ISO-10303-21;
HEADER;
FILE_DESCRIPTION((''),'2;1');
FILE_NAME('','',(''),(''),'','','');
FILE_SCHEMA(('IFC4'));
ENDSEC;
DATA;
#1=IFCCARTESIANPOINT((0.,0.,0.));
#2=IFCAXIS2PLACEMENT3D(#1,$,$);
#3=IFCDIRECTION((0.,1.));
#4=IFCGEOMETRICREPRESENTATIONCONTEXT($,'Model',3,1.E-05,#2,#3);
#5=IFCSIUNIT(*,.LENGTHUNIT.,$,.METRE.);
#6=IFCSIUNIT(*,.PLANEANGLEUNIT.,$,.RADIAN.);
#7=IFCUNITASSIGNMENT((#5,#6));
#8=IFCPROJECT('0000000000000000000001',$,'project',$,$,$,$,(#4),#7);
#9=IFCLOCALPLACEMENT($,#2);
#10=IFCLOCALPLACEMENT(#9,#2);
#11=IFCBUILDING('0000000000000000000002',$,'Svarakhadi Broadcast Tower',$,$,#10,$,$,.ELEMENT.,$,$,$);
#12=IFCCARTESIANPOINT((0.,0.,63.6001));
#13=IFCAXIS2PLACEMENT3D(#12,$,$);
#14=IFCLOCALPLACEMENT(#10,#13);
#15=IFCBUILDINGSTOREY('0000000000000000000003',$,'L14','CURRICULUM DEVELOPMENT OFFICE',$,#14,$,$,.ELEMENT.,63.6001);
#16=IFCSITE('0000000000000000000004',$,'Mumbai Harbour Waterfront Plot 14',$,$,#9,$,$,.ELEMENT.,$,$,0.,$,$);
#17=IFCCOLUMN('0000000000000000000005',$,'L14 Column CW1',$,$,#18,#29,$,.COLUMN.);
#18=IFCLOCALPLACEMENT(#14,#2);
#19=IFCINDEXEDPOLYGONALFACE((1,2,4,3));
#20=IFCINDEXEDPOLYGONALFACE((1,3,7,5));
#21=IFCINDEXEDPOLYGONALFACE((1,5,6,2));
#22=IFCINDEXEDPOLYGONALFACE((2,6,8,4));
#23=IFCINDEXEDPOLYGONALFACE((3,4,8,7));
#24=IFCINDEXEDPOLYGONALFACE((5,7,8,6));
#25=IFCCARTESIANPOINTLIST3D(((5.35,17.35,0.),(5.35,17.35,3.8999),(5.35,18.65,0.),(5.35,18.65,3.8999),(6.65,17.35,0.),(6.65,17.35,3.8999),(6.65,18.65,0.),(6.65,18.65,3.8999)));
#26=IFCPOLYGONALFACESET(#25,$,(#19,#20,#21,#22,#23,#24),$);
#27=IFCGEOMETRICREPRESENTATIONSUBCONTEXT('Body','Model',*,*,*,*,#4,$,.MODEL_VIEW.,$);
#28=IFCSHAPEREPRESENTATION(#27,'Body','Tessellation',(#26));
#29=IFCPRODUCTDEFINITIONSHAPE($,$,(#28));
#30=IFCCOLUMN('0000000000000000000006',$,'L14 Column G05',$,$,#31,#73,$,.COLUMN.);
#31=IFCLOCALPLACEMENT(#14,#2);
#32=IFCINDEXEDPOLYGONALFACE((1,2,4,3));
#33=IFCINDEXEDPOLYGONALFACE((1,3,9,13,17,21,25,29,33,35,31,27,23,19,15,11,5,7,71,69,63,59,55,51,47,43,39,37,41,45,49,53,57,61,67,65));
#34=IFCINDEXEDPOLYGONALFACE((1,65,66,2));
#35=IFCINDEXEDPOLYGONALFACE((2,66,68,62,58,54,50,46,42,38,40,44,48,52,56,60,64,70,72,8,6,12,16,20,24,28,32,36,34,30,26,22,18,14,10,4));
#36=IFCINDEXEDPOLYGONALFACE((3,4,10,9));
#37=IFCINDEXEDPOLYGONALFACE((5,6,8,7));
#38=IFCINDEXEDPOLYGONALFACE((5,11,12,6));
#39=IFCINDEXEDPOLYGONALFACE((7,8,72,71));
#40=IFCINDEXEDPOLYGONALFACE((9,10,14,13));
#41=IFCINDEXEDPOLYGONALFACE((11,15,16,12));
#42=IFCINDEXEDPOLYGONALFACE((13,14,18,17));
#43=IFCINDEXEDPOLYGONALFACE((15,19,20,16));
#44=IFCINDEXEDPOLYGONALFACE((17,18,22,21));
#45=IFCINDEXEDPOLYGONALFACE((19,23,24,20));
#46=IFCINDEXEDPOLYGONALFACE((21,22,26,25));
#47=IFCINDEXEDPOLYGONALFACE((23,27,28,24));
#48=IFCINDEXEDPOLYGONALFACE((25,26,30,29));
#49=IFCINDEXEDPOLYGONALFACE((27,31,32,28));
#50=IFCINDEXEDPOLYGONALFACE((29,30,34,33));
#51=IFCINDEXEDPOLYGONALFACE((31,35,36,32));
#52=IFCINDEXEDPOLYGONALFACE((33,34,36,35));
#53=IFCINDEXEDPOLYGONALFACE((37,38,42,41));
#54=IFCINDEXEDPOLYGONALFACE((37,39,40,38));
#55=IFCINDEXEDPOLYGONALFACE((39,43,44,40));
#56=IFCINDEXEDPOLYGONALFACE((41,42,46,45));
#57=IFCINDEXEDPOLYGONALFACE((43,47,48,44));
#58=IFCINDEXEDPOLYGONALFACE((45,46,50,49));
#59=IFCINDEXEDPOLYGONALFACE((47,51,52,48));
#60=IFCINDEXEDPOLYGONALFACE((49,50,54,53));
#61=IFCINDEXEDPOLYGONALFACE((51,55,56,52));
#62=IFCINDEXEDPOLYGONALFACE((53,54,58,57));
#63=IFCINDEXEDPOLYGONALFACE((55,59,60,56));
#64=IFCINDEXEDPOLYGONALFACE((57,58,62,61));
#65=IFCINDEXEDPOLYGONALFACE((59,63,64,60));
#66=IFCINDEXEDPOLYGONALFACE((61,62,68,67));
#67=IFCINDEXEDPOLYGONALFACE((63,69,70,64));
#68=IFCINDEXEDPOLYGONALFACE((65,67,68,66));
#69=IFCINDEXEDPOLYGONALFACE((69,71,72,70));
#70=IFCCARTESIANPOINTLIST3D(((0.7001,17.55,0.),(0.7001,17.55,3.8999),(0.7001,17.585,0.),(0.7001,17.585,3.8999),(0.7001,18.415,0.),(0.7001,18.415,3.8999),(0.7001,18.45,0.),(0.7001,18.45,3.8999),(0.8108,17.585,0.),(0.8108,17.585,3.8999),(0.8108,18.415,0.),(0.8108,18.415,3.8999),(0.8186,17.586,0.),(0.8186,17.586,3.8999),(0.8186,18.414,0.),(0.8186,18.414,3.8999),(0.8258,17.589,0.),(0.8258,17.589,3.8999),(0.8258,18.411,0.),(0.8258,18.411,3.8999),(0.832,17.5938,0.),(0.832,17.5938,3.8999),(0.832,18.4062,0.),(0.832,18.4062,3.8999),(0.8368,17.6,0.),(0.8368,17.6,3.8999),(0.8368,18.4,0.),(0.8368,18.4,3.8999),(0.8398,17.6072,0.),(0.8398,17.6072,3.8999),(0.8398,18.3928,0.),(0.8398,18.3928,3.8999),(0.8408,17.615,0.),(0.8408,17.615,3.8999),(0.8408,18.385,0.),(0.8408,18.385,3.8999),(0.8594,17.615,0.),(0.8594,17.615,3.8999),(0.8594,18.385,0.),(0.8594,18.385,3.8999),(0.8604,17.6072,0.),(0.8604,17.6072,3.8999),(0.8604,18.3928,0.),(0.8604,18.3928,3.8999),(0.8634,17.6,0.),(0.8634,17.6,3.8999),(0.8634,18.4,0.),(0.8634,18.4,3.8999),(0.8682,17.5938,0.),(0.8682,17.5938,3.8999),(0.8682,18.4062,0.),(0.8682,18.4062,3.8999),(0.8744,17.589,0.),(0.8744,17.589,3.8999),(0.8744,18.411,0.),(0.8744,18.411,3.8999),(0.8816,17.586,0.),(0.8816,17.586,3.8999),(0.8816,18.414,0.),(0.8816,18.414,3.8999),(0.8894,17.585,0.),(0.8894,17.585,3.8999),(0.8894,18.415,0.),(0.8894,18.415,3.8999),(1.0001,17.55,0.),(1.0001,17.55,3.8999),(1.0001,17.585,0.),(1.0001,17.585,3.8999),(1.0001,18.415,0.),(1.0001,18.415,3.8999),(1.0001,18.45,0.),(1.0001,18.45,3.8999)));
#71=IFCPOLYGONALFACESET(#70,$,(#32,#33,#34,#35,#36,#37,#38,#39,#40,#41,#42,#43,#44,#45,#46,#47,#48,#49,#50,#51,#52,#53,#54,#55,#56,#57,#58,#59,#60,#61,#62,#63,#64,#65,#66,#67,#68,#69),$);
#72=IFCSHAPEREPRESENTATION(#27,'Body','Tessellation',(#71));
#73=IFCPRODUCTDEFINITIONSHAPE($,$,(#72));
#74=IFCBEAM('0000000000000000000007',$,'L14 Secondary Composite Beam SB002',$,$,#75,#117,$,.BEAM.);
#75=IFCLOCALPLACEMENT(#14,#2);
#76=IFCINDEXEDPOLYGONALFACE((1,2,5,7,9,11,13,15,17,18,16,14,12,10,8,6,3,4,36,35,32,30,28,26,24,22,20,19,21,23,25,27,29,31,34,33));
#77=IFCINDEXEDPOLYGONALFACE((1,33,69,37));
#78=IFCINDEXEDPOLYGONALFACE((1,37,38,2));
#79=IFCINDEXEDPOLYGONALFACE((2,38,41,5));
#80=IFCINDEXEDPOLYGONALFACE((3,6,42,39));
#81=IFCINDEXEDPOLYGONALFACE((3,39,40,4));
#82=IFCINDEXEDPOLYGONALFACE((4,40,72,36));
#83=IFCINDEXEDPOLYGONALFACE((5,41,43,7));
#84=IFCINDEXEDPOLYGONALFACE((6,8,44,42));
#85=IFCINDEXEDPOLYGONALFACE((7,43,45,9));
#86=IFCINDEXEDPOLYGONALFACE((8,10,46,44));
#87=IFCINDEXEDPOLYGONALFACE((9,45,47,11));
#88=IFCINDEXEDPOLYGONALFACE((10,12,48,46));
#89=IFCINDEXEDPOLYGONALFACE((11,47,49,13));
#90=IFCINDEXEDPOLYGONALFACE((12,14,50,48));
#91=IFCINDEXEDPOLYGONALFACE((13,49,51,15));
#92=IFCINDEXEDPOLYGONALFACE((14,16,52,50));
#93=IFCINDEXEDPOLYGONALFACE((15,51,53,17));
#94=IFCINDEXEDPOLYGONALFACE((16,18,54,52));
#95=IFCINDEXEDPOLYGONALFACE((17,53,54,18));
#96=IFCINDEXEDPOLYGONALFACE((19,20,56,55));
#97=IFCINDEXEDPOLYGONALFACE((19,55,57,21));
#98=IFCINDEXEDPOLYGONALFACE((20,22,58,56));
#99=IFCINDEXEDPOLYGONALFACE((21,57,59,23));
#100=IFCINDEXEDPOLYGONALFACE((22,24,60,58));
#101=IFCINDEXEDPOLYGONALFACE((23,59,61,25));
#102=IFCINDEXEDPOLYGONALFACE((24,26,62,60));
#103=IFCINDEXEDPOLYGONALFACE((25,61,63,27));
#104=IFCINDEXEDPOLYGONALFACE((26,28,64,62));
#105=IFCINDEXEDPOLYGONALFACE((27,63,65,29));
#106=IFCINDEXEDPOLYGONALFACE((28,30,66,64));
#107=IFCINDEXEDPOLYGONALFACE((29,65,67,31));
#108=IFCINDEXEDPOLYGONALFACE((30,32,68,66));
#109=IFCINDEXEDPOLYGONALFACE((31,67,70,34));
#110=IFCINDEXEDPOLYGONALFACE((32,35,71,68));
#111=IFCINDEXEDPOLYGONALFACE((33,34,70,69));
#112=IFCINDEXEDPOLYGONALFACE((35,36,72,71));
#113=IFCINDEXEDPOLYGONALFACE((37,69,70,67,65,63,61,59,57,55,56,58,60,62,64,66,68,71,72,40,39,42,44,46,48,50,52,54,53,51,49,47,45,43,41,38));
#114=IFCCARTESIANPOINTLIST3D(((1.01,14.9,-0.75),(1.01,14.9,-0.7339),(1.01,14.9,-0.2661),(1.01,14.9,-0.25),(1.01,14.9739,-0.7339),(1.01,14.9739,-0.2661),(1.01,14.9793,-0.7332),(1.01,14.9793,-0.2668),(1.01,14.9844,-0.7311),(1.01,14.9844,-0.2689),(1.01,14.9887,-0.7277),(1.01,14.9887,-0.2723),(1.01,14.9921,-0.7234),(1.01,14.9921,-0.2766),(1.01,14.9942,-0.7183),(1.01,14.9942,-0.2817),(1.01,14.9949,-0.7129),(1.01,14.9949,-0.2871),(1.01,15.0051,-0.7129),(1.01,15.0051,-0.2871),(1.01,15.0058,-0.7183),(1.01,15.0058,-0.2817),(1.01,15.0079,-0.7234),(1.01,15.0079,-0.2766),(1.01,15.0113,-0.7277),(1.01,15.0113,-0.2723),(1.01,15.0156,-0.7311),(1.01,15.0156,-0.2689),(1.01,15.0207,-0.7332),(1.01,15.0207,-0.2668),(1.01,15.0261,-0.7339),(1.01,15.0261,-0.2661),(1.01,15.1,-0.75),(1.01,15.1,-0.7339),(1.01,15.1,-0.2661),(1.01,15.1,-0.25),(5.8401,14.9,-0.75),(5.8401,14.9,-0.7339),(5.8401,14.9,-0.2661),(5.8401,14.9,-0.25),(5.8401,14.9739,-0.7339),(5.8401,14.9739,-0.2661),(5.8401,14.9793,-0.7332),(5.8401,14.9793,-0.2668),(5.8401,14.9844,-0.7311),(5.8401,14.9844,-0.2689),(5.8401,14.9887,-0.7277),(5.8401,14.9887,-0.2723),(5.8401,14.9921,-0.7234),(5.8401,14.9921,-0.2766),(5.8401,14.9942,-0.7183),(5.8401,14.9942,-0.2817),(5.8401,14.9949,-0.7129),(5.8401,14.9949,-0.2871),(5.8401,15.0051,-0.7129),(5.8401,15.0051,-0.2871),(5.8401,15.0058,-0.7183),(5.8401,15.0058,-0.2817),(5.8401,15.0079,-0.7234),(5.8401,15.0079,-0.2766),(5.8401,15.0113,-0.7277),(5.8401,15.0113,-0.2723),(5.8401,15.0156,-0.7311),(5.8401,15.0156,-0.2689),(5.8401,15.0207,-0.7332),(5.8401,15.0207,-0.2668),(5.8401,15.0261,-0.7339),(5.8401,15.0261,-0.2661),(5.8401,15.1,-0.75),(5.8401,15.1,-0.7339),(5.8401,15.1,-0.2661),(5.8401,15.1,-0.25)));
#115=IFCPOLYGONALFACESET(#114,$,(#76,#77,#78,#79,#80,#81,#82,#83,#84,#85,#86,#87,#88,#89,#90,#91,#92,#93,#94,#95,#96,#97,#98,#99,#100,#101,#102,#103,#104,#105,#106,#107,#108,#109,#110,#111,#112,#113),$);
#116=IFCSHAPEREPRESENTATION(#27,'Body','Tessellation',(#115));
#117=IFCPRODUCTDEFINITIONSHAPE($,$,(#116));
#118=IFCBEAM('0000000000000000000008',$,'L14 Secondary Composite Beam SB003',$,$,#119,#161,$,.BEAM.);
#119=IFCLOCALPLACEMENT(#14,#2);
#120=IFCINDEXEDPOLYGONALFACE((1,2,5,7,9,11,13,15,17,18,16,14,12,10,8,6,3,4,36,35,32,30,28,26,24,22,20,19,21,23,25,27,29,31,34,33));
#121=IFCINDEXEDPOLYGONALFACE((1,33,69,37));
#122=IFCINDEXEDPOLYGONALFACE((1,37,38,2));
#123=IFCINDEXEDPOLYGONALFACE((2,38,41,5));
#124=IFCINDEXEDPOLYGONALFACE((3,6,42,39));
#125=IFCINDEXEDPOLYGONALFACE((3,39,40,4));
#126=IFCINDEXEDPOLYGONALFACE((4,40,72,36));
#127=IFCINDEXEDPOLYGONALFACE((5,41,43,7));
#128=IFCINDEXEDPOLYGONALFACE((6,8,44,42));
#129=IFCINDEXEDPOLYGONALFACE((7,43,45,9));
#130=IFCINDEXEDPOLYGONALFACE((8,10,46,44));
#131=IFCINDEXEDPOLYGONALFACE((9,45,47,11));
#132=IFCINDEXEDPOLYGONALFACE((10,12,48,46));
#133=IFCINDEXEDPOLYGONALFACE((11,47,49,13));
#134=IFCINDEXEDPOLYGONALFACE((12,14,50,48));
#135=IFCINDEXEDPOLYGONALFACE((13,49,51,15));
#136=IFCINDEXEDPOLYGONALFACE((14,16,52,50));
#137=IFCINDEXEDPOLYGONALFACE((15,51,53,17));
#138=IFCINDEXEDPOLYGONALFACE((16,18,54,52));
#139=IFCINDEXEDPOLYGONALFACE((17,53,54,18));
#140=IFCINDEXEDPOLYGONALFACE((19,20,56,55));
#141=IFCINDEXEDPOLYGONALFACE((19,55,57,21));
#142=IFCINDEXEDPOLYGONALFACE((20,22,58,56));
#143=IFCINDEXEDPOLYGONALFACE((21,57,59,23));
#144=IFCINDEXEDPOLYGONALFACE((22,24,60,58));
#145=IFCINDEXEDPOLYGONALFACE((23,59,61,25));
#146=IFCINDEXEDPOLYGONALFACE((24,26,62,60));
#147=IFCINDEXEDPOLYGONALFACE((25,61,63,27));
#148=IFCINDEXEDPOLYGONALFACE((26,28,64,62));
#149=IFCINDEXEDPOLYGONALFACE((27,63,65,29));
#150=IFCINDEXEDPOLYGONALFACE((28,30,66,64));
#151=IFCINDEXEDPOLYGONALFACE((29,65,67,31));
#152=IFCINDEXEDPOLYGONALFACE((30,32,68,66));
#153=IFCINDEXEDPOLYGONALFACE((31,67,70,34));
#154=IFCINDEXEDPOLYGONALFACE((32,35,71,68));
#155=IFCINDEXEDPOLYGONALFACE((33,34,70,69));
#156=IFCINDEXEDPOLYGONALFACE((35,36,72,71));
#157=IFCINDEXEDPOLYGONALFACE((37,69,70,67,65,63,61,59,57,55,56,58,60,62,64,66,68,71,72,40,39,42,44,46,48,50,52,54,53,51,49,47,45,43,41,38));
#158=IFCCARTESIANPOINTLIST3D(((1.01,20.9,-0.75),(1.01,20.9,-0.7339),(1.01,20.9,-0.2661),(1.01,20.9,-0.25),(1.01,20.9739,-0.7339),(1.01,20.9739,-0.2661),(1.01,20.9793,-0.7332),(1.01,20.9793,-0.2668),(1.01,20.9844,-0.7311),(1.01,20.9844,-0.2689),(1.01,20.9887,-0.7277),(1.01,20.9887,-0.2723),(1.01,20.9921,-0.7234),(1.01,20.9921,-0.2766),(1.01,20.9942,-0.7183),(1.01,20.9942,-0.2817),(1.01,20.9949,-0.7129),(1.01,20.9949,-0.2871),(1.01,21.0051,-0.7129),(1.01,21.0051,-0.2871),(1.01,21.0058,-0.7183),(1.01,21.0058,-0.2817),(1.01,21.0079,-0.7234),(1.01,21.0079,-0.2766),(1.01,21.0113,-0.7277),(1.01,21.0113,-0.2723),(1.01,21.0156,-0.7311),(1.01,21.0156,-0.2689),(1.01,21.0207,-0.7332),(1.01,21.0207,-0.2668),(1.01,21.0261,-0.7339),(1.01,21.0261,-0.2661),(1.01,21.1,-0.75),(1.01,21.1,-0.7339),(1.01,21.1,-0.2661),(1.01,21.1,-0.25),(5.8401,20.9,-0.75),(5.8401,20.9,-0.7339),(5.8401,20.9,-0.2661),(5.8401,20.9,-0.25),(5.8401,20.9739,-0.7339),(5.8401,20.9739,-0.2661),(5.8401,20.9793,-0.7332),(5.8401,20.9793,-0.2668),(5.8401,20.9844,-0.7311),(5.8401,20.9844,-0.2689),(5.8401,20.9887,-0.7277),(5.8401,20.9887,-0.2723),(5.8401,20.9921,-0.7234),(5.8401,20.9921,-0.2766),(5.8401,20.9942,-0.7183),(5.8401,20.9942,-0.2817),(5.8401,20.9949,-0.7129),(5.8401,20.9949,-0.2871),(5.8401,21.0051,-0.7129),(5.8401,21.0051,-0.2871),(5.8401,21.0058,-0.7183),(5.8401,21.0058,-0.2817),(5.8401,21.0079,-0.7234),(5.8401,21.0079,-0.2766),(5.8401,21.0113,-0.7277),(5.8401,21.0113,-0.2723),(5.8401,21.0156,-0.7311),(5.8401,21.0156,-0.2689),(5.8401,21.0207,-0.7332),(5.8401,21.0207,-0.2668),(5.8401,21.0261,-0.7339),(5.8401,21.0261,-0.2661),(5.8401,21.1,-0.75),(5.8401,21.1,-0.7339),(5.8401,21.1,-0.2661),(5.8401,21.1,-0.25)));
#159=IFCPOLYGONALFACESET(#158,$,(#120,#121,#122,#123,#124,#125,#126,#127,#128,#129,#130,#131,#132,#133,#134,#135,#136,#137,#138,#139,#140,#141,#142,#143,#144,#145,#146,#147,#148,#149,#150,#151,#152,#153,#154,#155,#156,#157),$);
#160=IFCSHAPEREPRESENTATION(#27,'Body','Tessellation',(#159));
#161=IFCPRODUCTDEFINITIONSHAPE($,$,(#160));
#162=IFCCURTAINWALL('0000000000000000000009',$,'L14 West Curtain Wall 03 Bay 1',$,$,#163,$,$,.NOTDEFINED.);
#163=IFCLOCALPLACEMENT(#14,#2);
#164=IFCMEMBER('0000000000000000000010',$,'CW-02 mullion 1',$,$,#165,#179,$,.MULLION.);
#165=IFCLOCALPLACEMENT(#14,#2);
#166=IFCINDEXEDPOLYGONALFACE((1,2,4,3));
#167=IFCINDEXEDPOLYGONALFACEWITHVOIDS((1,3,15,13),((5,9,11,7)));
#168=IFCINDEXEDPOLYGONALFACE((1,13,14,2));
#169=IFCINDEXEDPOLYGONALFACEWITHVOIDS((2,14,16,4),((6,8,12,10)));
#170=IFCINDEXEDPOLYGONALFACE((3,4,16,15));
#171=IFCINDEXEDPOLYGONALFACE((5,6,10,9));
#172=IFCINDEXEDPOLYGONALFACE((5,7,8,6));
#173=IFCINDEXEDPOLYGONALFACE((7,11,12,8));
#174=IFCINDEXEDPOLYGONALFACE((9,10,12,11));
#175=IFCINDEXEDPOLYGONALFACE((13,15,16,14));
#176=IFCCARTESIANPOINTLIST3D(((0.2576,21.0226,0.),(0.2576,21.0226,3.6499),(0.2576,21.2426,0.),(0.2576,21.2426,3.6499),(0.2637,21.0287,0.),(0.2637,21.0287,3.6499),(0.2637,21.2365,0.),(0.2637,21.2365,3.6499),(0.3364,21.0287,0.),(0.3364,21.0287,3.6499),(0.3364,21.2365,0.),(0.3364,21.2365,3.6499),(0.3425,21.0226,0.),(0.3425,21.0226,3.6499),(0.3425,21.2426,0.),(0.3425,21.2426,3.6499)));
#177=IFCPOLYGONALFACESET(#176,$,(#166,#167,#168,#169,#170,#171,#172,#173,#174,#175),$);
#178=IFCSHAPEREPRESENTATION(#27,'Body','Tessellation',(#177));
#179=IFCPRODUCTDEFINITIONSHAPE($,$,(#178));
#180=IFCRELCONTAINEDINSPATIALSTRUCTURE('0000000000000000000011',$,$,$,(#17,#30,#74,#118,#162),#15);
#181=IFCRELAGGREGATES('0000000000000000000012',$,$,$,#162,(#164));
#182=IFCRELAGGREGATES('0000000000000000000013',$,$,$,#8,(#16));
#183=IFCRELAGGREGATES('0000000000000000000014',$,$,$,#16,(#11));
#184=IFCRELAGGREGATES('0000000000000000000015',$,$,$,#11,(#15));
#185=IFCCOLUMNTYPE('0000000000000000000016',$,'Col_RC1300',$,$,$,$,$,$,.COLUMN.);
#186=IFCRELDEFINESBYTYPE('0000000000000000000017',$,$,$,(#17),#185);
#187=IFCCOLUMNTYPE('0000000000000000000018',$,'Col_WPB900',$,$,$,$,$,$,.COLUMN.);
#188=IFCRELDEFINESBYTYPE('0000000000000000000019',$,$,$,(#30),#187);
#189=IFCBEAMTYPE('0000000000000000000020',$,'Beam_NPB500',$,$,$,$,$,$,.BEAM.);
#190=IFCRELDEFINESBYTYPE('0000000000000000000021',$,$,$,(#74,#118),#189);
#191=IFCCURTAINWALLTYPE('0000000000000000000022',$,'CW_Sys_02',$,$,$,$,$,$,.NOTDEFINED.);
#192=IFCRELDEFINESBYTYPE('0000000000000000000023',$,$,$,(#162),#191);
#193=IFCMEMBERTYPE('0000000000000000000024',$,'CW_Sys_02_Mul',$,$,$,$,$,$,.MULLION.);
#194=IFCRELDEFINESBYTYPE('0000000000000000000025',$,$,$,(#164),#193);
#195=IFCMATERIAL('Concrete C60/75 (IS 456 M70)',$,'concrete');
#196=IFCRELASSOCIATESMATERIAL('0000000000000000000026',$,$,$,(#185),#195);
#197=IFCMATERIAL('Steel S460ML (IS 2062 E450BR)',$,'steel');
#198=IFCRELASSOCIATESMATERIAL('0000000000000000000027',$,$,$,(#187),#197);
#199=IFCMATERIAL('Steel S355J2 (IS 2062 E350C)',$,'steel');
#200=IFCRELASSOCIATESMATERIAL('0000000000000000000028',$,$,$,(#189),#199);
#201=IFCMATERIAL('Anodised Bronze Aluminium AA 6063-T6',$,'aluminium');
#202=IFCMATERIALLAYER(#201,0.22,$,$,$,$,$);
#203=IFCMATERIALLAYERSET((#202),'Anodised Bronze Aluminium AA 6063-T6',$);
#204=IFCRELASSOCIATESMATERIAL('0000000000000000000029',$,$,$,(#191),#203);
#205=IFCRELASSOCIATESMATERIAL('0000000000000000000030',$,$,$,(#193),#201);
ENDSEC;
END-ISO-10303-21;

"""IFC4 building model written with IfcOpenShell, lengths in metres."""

from ifc_helpers import new_model, si_unit, direction, frame, origin, origin_2d, place, context, subcontext, project, spatial, rectangle, hollow_rectangle, i_section, extrude, material, layer, layer_set, material_profile, profile_set, type_object, element, aggregate, save


model = new_model("IFC4")

# Units and contexts
model_context = context("Model", 3, precision=1e-05, world=origin(), true_north=direction((0.0, 1.0)))
body_context = subcontext(model_context, "Body", "Model", "MODEL_VIEW")
ifc_project = project(units=[si_unit("LENGTHUNIT", "METRE"), si_unit("PLANEANGLEUNIT", "RADIAN")], contexts=[model_context])

# Site, building, storey
site_placement = place(None, origin())
site = spatial("IfcSite", under=ifc_project, at=site_placement, Name="Mumbai Harbour Waterfront Plot 14", CompositionType="ELEMENT", RefElevation=0.0)
building_placement = place(site_placement, origin())
building = spatial("IfcBuilding", under=site, at=building_placement, Name="Svarakhadi Broadcast Tower", CompositionType="ELEMENT")
storey_placement = place(building_placement, frame((0.0, 0.0, 63.6001)))
storey = spatial("IfcBuildingStorey", under=building, at=storey_placement, Name="L14", Description="CURRICULUM DEVELOPMENT OFFICE", CompositionType="ELEMENT", Elevation=63.6001)

# Columns
ifc_material_1 = material(Name="Concrete C60/75 (IS 456 M70)", Category="concrete")
ifc_material_profile_1 = material_profile(ifc_material_1, rectangle(XDim=1.3, YDim=1.3, at=origin_2d()), Name="RC 1300x1300")
ifc_profile_set_1 = profile_set([ifc_material_profile_1], Name="Concrete C60/75 (IS 456 M70)")
column_type_1 = type_object("IfcColumnType", Name="Col_RC1300", PredefinedType="COLUMN", material=ifc_profile_set_1)
column_1_placement = place(storey_placement, frame((6.0, 18.0, 0.0), z_axis=(0.0, 0.0, 1.0), x_axis=(1.0, 0.0, 0.0)))
element("IfcColumn", 1, at=column_1_placement, inside=storey, type_object=column_type_1, Name="L14 Column CW1", PredefinedType="COLUMN", context=body_context, shape_type="SweptSolid", body=[
    extrude(rectangle(XDim=1.3, YDim=1.3, at=origin_2d()), origin(), (0.0, 0.0, 1.0), 3.8999),
])
ifc_material_2 = material(Name="Steel S460ML (IS 2062 E450BR)", Category="steel")
ifc_material_profile_2 = material_profile(ifc_material_2, i_section(OverallWidth=0.3, OverallDepth=0.8999, WebThickness=0.0186, FlangeThickness=0.0349, FilletRadius=0.03, at=origin_2d()), Name="WPB 900x300x291")
ifc_profile_set_2 = profile_set([ifc_material_profile_2], Name="Steel S460ML (IS 2062 E450BR)")
column_type_2 = type_object("IfcColumnType", Name="Col_WPB900", PredefinedType="COLUMN", material=ifc_profile_set_2)
column_2_placement = place(storey_placement, frame((0.8501, 18.0, 0.0), z_axis=(0.0, 0.0, 1.0), x_axis=(1.0, 0.0, 0.0)))
element("IfcColumn", 2, at=column_2_placement, inside=storey, type_object=column_type_2, Name="L14 Column G05", PredefinedType="COLUMN", context=body_context, shape_type="SweptSolid", body=[
    extrude(i_section(OverallWidth=0.3, OverallDepth=0.8999, WebThickness=0.0186, FlangeThickness=0.0349, FilletRadius=0.03, at=origin_2d()), origin(), (0.0, 0.0, 1.0), 3.8999),
])

# Beams
ifc_material_3 = material(Name="Steel S355J2 (IS 2062 E350C)", Category="steel")
ifc_material_profile_3 = material_profile(ifc_material_3, i_section(OverallWidth=0.2, OverallDepth=0.5, WebThickness=0.0103, FlangeThickness=0.0161, FilletRadius=0.021, at=origin_2d()), Name="NPB 500x200x91")
ifc_profile_set_3 = profile_set([ifc_material_profile_3], Name="Steel S355J2 (IS 2062 E350C)")
beam_type_1 = type_object("IfcBeamType", Name="Beam_NPB500", PredefinedType="BEAM", material=ifc_profile_set_3)
for number, where, z_axis, x_axis, name in (
    (3, (1.01, 15.0, -0.5), (1.0, 0.0, 0.0), (0.0, 1.0, 0.0), "L14 Secondary Composite Beam SB002"),
    (4, (1.01, 21.0, -0.5), (1.0, 0.0, 0.0), (0.0, 1.0, 0.0), "L14 Secondary Composite Beam SB003"),
):
    element("IfcBeam", number, at=place(storey_placement, frame(where, z_axis=z_axis, x_axis=x_axis)), inside=storey, type_object=beam_type_1, Name=name, PredefinedType="BEAM", context=body_context, shape_type="SweptSolid", body=[
        extrude(i_section(OverallWidth=0.2, OverallDepth=0.5, WebThickness=0.0103, FlangeThickness=0.0161, FilletRadius=0.021, at=origin_2d()), origin(), (0.0, 0.0, 1.0), 4.8301),
    ])

# Curtain wall, member
ifc_material_4 = material(Name="Anodised Bronze Aluminium AA 6063-T6", Category="aluminium")
ifc_layer_1 = layer(ifc_material_4, 0.22)
ifc_layer_set_1 = layer_set([ifc_layer_1], Name="Anodised Bronze Aluminium AA 6063-T6")
curtain_wall_type = type_object("IfcCurtainWallType", Name="CW_Sys_02", PredefinedType="NOTDEFINED", material=ifc_layer_set_1)
curtain_wall_placement = place(storey_placement, origin())
curtain_wall = element("IfcCurtainWall", 5, at=curtain_wall_placement, inside=storey, type_object=curtain_wall_type, Name="L14 West Curtain Wall 03 Bay 1", PredefinedType="NOTDEFINED")
ifc_material_profile_4 = material_profile(ifc_material_4, hollow_rectangle(XDim=0.085, YDim=0.22, WallThickness=0.0061, at=origin_2d()), Name="ALU MULLION 220x85x6")
ifc_profile_set_4 = profile_set([ifc_material_profile_4], Name="Anodised Bronze Aluminium AA 6063-T6")
member_type_1 = type_object("IfcMemberType", Name="CW_Sys_02_Mul", PredefinedType="MULLION", material=ifc_profile_set_4)
member_1_placement = place(storey_placement, frame((0.3, 21.1326, 0.0), z_axis=(0.0, 0.0, 1.0), x_axis=(-1.0, 0.0, 0.0)))
member_1 = element("IfcMember", 6, at=member_1_placement, type_object=member_type_1, Name="CW-02 mullion 1", PredefinedType="MULLION", context=body_context, shape_type="SweptSolid", body=[
    extrude(hollow_rectangle(XDim=0.085, YDim=0.22, WallThickness=0.0061, at=origin_2d()), origin(), (0.0, 0.0, 1.0), 3.6499),
])

aggregate(curtain_wall, [member_1])

save(model, "model.ifc")
